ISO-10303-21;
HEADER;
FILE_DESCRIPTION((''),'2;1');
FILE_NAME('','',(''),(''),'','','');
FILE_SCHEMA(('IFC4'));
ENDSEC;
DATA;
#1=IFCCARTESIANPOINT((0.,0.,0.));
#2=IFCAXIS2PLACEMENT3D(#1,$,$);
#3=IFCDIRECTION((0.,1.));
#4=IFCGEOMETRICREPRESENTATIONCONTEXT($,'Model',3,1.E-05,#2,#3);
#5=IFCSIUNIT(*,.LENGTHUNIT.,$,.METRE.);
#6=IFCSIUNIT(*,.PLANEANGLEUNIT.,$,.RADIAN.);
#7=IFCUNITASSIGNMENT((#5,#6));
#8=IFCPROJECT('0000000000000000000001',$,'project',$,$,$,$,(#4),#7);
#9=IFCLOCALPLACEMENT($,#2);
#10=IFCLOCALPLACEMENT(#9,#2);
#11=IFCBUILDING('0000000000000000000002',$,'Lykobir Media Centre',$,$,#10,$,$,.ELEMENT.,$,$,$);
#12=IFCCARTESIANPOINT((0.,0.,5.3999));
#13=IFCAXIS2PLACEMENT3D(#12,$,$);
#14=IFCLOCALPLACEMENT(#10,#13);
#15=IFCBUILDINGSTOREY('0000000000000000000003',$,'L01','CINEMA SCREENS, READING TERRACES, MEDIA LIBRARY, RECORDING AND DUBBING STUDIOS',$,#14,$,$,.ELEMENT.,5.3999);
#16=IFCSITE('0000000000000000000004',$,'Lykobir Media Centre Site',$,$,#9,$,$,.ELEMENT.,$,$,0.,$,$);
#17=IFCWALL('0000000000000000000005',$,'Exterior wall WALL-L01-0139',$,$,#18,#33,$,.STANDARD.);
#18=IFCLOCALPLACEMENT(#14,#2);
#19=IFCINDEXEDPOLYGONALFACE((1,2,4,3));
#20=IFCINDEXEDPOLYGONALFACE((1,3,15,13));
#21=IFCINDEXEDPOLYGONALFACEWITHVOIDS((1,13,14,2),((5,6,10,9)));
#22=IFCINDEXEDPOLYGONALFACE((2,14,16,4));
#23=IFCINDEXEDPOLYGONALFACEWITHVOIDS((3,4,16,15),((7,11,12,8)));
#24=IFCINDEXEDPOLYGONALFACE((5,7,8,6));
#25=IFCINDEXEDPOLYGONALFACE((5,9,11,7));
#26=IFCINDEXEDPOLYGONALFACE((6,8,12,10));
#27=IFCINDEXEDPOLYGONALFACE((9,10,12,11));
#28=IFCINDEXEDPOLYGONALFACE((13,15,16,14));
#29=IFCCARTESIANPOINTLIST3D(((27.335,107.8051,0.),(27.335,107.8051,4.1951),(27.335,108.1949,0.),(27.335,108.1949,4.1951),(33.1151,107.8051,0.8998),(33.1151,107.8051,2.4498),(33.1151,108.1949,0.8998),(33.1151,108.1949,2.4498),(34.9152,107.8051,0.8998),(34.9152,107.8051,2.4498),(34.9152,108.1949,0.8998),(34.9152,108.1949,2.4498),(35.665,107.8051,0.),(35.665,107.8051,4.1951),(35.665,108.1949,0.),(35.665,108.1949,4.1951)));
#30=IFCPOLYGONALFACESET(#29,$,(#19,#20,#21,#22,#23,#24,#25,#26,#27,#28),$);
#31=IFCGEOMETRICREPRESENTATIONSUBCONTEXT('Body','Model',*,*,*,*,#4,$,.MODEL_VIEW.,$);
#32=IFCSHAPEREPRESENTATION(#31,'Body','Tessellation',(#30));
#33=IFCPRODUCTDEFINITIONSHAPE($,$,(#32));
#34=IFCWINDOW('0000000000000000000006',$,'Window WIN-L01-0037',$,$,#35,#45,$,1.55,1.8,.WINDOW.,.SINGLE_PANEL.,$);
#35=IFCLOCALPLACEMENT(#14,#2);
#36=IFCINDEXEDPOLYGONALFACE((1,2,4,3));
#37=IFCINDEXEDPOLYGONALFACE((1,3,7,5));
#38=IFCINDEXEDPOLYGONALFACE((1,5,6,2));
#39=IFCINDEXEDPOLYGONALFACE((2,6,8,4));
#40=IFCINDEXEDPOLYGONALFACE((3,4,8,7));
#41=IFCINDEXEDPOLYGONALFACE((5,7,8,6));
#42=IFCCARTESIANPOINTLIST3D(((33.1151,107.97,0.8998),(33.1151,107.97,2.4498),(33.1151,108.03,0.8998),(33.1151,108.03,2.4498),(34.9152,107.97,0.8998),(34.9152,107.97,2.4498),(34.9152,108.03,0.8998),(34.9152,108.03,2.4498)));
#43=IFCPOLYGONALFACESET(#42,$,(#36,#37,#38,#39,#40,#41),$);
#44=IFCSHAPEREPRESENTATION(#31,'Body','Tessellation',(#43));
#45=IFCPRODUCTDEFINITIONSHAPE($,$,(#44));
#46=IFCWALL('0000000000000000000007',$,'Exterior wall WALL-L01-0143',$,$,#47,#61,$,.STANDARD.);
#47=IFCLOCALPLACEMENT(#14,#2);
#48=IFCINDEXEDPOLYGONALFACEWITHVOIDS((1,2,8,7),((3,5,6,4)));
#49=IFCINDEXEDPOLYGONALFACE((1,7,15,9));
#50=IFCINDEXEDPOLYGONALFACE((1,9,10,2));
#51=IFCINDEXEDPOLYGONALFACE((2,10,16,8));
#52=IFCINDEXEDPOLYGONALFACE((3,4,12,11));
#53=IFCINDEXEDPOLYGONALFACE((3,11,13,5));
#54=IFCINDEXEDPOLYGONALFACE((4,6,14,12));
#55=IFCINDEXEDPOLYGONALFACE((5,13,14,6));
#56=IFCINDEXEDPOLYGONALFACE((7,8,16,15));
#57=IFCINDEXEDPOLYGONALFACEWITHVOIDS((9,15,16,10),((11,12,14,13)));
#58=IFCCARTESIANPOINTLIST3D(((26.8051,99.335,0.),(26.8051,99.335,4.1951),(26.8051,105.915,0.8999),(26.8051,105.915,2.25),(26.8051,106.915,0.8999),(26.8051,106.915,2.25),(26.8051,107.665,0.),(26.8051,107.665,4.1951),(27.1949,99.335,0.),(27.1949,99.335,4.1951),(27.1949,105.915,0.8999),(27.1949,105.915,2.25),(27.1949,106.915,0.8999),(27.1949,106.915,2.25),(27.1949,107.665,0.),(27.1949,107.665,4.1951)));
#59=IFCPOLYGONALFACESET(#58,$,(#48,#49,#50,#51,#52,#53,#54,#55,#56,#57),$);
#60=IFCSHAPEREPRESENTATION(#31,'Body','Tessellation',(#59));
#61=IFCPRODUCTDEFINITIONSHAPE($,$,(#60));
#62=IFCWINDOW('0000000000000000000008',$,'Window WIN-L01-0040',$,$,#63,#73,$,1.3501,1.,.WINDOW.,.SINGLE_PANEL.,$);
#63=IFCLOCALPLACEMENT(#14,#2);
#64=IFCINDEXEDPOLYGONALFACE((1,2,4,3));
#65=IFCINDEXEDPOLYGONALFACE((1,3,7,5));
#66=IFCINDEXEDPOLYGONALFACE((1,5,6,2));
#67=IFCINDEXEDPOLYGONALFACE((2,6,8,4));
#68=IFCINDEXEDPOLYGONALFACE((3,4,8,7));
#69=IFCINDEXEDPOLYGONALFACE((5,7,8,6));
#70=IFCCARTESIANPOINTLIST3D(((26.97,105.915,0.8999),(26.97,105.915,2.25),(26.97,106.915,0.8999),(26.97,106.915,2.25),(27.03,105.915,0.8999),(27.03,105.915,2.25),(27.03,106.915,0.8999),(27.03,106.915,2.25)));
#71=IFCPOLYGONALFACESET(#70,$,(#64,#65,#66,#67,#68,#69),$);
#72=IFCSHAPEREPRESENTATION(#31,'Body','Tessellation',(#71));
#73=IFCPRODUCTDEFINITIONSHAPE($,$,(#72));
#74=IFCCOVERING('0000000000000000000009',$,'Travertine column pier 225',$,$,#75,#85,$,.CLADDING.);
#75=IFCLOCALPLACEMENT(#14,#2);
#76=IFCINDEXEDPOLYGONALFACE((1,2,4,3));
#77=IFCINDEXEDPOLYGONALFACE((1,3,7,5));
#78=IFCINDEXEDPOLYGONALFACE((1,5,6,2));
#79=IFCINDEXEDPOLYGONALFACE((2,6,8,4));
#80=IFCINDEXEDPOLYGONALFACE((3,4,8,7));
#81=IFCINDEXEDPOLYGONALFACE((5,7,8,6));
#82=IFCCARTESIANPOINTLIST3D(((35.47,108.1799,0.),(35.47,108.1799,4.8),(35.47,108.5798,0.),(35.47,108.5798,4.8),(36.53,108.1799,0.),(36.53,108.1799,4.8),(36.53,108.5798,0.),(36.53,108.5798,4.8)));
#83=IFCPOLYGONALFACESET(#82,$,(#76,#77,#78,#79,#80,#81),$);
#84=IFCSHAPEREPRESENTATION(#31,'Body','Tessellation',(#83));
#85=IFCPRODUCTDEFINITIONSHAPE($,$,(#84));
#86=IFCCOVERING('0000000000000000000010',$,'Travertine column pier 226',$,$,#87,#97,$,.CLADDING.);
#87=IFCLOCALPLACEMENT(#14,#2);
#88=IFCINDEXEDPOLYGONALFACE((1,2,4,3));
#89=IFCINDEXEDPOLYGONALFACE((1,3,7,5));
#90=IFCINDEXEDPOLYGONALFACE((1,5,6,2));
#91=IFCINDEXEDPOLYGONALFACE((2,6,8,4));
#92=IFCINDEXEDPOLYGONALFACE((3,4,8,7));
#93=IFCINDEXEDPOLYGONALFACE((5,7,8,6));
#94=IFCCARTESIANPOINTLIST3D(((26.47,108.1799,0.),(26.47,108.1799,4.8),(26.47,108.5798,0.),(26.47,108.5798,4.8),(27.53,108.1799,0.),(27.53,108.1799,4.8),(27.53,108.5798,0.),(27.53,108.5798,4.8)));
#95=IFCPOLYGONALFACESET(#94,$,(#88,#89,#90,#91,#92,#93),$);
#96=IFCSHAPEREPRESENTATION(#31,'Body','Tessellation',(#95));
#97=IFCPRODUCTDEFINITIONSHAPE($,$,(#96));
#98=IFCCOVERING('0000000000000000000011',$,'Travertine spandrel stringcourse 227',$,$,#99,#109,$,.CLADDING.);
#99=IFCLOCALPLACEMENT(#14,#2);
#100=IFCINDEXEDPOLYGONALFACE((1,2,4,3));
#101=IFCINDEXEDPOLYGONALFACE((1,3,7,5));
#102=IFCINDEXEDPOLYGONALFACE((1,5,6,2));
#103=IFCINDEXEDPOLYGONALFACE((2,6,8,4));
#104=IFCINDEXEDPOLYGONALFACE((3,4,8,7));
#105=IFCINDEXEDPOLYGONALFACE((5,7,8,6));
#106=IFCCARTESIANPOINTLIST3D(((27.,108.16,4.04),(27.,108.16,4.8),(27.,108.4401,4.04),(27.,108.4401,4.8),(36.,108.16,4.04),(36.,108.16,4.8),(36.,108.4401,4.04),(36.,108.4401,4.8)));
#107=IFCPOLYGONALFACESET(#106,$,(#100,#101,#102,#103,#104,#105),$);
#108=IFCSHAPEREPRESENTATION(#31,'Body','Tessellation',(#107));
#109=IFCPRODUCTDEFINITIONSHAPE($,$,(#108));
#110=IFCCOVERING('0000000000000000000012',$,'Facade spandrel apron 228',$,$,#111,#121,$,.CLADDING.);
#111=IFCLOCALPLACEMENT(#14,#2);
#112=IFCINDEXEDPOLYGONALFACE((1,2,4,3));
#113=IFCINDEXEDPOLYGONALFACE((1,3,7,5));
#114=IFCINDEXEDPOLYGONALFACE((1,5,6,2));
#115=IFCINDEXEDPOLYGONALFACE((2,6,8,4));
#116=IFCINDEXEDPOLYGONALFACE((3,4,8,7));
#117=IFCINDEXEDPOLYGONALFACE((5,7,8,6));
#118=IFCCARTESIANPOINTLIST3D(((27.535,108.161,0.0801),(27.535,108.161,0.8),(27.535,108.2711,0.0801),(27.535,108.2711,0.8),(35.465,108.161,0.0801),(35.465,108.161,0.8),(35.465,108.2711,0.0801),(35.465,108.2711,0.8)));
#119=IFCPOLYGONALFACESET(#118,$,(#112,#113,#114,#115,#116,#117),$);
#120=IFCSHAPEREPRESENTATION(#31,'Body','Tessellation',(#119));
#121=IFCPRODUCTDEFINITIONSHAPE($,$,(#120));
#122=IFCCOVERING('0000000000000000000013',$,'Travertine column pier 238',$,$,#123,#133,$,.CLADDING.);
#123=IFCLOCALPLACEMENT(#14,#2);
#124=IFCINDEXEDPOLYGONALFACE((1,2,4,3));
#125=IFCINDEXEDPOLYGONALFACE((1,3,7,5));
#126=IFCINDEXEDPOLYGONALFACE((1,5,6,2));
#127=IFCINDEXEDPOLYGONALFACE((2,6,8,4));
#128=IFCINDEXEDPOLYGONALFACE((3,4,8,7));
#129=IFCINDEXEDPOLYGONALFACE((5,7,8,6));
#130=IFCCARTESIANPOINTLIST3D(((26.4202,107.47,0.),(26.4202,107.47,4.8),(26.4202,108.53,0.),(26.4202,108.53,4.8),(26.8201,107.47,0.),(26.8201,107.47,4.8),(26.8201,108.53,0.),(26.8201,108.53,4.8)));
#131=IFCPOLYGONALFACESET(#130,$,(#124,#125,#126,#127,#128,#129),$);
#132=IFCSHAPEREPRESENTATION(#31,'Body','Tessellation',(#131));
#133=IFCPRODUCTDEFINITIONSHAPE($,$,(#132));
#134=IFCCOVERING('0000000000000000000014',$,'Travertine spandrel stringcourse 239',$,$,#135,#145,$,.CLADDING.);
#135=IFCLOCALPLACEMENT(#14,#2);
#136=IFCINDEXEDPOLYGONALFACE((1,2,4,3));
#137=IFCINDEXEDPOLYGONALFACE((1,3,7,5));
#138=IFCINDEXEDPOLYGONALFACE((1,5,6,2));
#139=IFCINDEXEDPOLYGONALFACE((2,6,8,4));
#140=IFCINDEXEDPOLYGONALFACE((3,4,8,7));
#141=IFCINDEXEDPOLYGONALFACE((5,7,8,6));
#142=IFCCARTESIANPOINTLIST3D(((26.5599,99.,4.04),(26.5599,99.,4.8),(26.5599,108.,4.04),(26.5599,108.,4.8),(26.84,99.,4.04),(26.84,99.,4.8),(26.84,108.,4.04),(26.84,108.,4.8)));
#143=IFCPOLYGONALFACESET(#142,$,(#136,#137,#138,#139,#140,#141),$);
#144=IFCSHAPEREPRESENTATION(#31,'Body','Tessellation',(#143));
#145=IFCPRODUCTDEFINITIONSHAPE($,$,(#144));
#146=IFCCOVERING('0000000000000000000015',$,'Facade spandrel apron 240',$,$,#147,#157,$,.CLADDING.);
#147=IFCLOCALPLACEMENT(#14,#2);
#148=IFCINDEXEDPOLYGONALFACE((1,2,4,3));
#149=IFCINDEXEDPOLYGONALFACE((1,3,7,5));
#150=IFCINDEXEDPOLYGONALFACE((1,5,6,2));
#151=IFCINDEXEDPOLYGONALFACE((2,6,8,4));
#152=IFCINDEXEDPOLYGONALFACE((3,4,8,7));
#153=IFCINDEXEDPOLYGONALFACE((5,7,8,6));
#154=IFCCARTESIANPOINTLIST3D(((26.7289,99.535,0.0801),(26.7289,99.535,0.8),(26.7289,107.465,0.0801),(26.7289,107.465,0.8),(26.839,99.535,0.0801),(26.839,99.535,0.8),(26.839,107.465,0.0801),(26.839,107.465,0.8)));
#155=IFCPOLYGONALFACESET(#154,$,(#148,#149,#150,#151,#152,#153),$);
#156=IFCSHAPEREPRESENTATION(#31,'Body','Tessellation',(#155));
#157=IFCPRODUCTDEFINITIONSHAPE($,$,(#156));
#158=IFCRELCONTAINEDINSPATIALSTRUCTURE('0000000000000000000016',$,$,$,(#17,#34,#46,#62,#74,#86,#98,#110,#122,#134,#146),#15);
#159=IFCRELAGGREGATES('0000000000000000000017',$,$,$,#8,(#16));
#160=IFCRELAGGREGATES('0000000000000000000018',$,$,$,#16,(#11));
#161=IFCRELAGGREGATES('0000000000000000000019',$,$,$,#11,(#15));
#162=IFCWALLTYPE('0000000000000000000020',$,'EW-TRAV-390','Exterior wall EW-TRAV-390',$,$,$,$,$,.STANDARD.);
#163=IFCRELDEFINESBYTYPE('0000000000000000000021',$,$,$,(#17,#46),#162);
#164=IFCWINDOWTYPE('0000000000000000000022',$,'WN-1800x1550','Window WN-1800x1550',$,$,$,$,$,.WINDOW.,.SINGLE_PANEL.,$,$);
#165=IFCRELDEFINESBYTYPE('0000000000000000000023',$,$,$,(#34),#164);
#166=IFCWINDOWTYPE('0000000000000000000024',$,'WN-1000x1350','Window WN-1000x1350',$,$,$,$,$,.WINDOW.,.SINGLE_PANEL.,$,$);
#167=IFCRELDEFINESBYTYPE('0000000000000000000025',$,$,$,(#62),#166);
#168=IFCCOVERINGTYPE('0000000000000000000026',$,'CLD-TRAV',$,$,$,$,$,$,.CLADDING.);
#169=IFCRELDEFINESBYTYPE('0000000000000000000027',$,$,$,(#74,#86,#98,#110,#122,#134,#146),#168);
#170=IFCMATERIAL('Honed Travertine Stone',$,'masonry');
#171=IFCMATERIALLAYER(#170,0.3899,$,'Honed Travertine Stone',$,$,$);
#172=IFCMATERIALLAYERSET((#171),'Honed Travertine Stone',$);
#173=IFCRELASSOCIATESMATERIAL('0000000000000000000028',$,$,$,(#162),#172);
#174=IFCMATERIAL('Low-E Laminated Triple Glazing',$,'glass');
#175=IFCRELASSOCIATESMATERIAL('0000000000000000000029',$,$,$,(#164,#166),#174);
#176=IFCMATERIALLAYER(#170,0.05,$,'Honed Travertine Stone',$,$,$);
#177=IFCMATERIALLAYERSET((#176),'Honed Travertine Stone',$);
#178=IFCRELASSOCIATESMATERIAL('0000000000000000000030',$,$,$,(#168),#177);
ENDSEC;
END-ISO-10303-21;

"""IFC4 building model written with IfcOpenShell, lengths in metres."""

from ifc_helpers import new_model, si_unit, direction, frame, frame_2d, origin, origin_2d, place, context, subcontext, project, spatial, rectangle, extrude, material, layer, layer_set, type_object, element, fill, save


model = new_model("IFC4")

# Units and contexts
model_context = context("Model", 3, precision=1e-05, world=origin(), true_north=direction((0.0, 1.0)))
body_context = subcontext(model_context, "Body", "Model", "MODEL_VIEW")
ifc_project = project(units=[si_unit("LENGTHUNIT", "METRE"), si_unit("PLANEANGLEUNIT", "RADIAN")], contexts=[model_context])

# Site, building, storey
site_placement = place(None, origin())
site = spatial("IfcSite", under=ifc_project, at=site_placement, Name="Lykobir Media Centre Site", CompositionType="ELEMENT", RefElevation=0.0)
building_placement = place(site_placement, origin())
building = spatial("IfcBuilding", under=site, at=building_placement, Name="Lykobir Media Centre", CompositionType="ELEMENT")
storey_placement = place(building_placement, frame((0.0, 0.0, 5.3999)))
storey = spatial("IfcBuildingStorey", under=building, at=storey_placement, Name="L01", Description="CINEMA SCREENS, READING TERRACES, MEDIA LIBRARY, RECORDING AND DUBBING STUDIOS", CompositionType="ELEMENT", Elevation=5.3999)

# Walls, openings, windows
ifc_material_1 = material(Name="Honed Travertine Stone", Category="masonry")
ifc_layer_1 = layer(ifc_material_1, 0.3899, Name="Honed Travertine Stone")
ifc_layer_set_1 = layer_set([ifc_layer_1], Name="Honed Travertine Stone")
wall_type = type_object("IfcWallType", Name="EW-TRAV-390", Description="Exterior wall EW-TRAV-390", PredefinedType="STANDARD", material=ifc_layer_set_1)
wall_1_placement = place(storey_placement, frame((35.665, 108.0, 0.0), z_axis=(0.0, 0.0, 1.0), x_axis=(-1.0, 0.0, 0.0)))
wall_1 = element("IfcWall", 1, at=wall_1_placement, inside=storey, type_object=wall_type, Name="Exterior wall WALL-L01-0139", PredefinedType="STANDARD", context=body_context, shape_type="SweptSolid", body=[
    extrude(rectangle(XDim=8.3301, YDim=0.3899, at=frame_2d((4.165, 0.0))), origin(), (0.0, 0.0, 1.0), 4.1951),
])
opening_1_placement = place(wall_1_placement, frame((0.75, 0.0, 0.8999)))
opening_1 = element("IfcOpeningElement", 2, at=opening_1_placement, cuts=wall_1, PredefinedType="OPENING", context=body_context, shape_type="SweptSolid", body=[
    extrude(rectangle(XDim=1.8, YDim=1.55, at=frame_2d((0.8999, 0.7749))), frame((0.0, 0.2048, 0.0), z_axis=(0.0, -1.0, 0.0), x_axis=(1.0, 0.0, 0.0)), (0.0, 0.0, 1.0), 0.4099),
])
ifc_material_2 = material(Name="Low-E Laminated Triple Glazing", Category="glass")
window_type_1 = type_object("IfcWindowType", Name="WN-1800x1550", Description="Window WN-1800x1550", PartitioningType="SINGLE_PANEL", PredefinedType="WINDOW", material=ifc_material_2)
window_1_placement = place(opening_1_placement, origin())
window_1 = element("IfcWindow", 3, at=window_1_placement, inside=storey, type_object=window_type_1, Name="Window WIN-L01-0037", OverallHeight=1.55, OverallWidth=1.8, PartitioningType="SINGLE_PANEL", PredefinedType="WINDOW", context=body_context, shape_type="SweptSolid", body=[
    extrude(rectangle(XDim=1.8, YDim=1.55, at=frame_2d((0.8999, 0.7749))), frame((0.0, 0.03, 0.0), z_axis=(0.0, -1.0, 0.0), x_axis=(1.0, 0.0, 0.0)), (0.0, 0.0, 1.0), 0.0601),
])
fill(opening_1, window_1)
wall_2_placement = place(storey_placement, frame((27.0, 107.665, 0.0), z_axis=(0.0, 0.0, 1.0), x_axis=(0.0, -1.0, 0.0)))
wall_2 = element("IfcWall", 4, at=wall_2_placement, inside=storey, type_object=wall_type, Name="Exterior wall WALL-L01-0143", PredefinedType="STANDARD", context=body_context, shape_type="SweptSolid", body=[
    extrude(rectangle(XDim=8.3301, YDim=0.3899, at=frame_2d((4.165, 0.0))), origin(), (0.0, 0.0, 1.0), 4.1951),
])
opening_2_placement = place(wall_2_placement, frame((0.75, 0.0, 0.8999)))
opening_2 = element("IfcOpeningElement", 5, at=opening_2_placement, cuts=wall_2, PredefinedType="OPENING", context=body_context, shape_type="SweptSolid", body=[
    extrude(rectangle(XDim=1.0, YDim=1.3501, at=frame_2d((0.5, 0.675))), frame((0.0, 0.2048, 0.0), z_axis=(0.0, -1.0, 0.0), x_axis=(1.0, 0.0, 0.0)), (0.0, 0.0, 1.0), 0.4099),
])
window_type_2 = type_object("IfcWindowType", Name="WN-1000x1350", Description="Window WN-1000x1350", PartitioningType="SINGLE_PANEL", PredefinedType="WINDOW", material=ifc_material_2)
window_2_placement = place(opening_2_placement, origin())
window_2 = element("IfcWindow", 6, at=window_2_placement, inside=storey, type_object=window_type_2, Name="Window WIN-L01-0040", OverallHeight=1.3501, OverallWidth=1.0, PartitioningType="SINGLE_PANEL", PredefinedType="WINDOW", context=body_context, shape_type="SweptSolid", body=[
    extrude(rectangle(XDim=1.0, YDim=1.3501, at=frame_2d((0.5, 0.675))), frame((0.0, 0.03, 0.0), z_axis=(0.0, -1.0, 0.0), x_axis=(1.0, 0.0, 0.0)), (0.0, 0.0, 1.0), 0.0601),
])
fill(opening_2, window_2)

# Coverings
ifc_layer_2 = layer(ifc_material_1, 0.05, Name="Honed Travertine Stone")
ifc_layer_set_2 = layer_set([ifc_layer_2], Name="Honed Travertine Stone")
covering_type = type_object("IfcCoveringType", Name="CLD-TRAV", PredefinedType="CLADDING", material=ifc_layer_set_2)
for number, where, z_axis, x_axis, name in (
    (7, (36.0, 108.3799, 0.0), (0.0, 0.0, 1.0), (-1.0, 0.0, 0.0), "Travertine column pier 225"),
    (8, (27.0, 108.3799, 0.0), (0.0, 0.0, 1.0), (-1.0, 0.0, 0.0), "Travertine column pier 226"),
):
    element("IfcCovering", number, at=place(storey_placement, frame(where, z_axis=z_axis, x_axis=x_axis)), inside=storey, type_object=covering_type, Name=name, PredefinedType="CLADDING", context=body_context, shape_type="SweptSolid", body=[
        extrude(rectangle(XDim=1.0601, YDim=0.3999, at=origin_2d()), origin(), (0.0, 0.0, 1.0), 4.8),
    ])
covering_1_placement = place(storey_placement, frame((31.5, 108.3, 4.04), z_axis=(0.0, 0.0, 1.0), x_axis=(-1.0, 0.0, 0.0)))
element("IfcCovering", 9, at=covering_1_placement, inside=storey, type_object=covering_type, Name="Travertine spandrel stringcourse 227", PredefinedType="CLADDING", context=body_context, shape_type="SweptSolid", body=[
    extrude(rectangle(XDim=9.0, YDim=0.28, at=origin_2d()), origin(), (0.0, 0.0, 1.0), 0.76),
])
covering_2_placement = place(storey_placement, frame((31.5, 108.2161, 0.0801), z_axis=(0.0, 0.0, 1.0), x_axis=(-1.0, 0.0, 0.0)))
element("IfcCovering", 10, at=covering_2_placement, inside=storey, type_object=covering_type, Name="Facade spandrel apron 228", PredefinedType="CLADDING", context=body_context, shape_type="SweptSolid", body=[
    extrude(rectangle(XDim=7.9299, YDim=0.1101, at=origin_2d()), origin(), (0.0, 0.0, 1.0), 0.72),
])
covering_3_placement = place(storey_placement, frame((26.6201, 108.0, 0.0), z_axis=(0.0, 0.0, 1.0), x_axis=(0.0, -1.0, 0.0)))
element("IfcCovering", 11, at=covering_3_placement, inside=storey, type_object=covering_type, Name="Travertine column pier 238", PredefinedType="CLADDING", context=body_context, shape_type="SweptSolid", body=[
    extrude(rectangle(XDim=1.0601, YDim=0.3999, at=origin_2d()), origin(), (0.0, 0.0, 1.0), 4.8),
])
covering_4_placement = place(storey_placement, frame((26.7, 103.5, 4.04), z_axis=(0.0, 0.0, 1.0), x_axis=(0.0, -1.0, 0.0)))
element("IfcCovering", 12, at=covering_4_placement, inside=storey, type_object=covering_type, Name="Travertine spandrel stringcourse 239", PredefinedType="CLADDING", context=body_context, shape_type="SweptSolid", body=[
    extrude(rectangle(XDim=9.0, YDim=0.28, at=origin_2d()), origin(), (0.0, 0.0, 1.0), 0.76),
])
covering_5_placement = place(storey_placement, frame((26.7839, 103.5, 0.0801), z_axis=(0.0, 0.0, 1.0), x_axis=(0.0, -1.0, 0.0)))
element("IfcCovering", 13, at=covering_5_placement, inside=storey, type_object=covering_type, Name="Facade spandrel apron 240", PredefinedType="CLADDING", context=body_context, shape_type="SweptSolid", body=[
    extrude(rectangle(XDim=7.9299, YDim=0.1101, at=origin_2d()), origin(), (0.0, 0.0, 1.0), 0.72),
])

save(model, "model.ifc")
